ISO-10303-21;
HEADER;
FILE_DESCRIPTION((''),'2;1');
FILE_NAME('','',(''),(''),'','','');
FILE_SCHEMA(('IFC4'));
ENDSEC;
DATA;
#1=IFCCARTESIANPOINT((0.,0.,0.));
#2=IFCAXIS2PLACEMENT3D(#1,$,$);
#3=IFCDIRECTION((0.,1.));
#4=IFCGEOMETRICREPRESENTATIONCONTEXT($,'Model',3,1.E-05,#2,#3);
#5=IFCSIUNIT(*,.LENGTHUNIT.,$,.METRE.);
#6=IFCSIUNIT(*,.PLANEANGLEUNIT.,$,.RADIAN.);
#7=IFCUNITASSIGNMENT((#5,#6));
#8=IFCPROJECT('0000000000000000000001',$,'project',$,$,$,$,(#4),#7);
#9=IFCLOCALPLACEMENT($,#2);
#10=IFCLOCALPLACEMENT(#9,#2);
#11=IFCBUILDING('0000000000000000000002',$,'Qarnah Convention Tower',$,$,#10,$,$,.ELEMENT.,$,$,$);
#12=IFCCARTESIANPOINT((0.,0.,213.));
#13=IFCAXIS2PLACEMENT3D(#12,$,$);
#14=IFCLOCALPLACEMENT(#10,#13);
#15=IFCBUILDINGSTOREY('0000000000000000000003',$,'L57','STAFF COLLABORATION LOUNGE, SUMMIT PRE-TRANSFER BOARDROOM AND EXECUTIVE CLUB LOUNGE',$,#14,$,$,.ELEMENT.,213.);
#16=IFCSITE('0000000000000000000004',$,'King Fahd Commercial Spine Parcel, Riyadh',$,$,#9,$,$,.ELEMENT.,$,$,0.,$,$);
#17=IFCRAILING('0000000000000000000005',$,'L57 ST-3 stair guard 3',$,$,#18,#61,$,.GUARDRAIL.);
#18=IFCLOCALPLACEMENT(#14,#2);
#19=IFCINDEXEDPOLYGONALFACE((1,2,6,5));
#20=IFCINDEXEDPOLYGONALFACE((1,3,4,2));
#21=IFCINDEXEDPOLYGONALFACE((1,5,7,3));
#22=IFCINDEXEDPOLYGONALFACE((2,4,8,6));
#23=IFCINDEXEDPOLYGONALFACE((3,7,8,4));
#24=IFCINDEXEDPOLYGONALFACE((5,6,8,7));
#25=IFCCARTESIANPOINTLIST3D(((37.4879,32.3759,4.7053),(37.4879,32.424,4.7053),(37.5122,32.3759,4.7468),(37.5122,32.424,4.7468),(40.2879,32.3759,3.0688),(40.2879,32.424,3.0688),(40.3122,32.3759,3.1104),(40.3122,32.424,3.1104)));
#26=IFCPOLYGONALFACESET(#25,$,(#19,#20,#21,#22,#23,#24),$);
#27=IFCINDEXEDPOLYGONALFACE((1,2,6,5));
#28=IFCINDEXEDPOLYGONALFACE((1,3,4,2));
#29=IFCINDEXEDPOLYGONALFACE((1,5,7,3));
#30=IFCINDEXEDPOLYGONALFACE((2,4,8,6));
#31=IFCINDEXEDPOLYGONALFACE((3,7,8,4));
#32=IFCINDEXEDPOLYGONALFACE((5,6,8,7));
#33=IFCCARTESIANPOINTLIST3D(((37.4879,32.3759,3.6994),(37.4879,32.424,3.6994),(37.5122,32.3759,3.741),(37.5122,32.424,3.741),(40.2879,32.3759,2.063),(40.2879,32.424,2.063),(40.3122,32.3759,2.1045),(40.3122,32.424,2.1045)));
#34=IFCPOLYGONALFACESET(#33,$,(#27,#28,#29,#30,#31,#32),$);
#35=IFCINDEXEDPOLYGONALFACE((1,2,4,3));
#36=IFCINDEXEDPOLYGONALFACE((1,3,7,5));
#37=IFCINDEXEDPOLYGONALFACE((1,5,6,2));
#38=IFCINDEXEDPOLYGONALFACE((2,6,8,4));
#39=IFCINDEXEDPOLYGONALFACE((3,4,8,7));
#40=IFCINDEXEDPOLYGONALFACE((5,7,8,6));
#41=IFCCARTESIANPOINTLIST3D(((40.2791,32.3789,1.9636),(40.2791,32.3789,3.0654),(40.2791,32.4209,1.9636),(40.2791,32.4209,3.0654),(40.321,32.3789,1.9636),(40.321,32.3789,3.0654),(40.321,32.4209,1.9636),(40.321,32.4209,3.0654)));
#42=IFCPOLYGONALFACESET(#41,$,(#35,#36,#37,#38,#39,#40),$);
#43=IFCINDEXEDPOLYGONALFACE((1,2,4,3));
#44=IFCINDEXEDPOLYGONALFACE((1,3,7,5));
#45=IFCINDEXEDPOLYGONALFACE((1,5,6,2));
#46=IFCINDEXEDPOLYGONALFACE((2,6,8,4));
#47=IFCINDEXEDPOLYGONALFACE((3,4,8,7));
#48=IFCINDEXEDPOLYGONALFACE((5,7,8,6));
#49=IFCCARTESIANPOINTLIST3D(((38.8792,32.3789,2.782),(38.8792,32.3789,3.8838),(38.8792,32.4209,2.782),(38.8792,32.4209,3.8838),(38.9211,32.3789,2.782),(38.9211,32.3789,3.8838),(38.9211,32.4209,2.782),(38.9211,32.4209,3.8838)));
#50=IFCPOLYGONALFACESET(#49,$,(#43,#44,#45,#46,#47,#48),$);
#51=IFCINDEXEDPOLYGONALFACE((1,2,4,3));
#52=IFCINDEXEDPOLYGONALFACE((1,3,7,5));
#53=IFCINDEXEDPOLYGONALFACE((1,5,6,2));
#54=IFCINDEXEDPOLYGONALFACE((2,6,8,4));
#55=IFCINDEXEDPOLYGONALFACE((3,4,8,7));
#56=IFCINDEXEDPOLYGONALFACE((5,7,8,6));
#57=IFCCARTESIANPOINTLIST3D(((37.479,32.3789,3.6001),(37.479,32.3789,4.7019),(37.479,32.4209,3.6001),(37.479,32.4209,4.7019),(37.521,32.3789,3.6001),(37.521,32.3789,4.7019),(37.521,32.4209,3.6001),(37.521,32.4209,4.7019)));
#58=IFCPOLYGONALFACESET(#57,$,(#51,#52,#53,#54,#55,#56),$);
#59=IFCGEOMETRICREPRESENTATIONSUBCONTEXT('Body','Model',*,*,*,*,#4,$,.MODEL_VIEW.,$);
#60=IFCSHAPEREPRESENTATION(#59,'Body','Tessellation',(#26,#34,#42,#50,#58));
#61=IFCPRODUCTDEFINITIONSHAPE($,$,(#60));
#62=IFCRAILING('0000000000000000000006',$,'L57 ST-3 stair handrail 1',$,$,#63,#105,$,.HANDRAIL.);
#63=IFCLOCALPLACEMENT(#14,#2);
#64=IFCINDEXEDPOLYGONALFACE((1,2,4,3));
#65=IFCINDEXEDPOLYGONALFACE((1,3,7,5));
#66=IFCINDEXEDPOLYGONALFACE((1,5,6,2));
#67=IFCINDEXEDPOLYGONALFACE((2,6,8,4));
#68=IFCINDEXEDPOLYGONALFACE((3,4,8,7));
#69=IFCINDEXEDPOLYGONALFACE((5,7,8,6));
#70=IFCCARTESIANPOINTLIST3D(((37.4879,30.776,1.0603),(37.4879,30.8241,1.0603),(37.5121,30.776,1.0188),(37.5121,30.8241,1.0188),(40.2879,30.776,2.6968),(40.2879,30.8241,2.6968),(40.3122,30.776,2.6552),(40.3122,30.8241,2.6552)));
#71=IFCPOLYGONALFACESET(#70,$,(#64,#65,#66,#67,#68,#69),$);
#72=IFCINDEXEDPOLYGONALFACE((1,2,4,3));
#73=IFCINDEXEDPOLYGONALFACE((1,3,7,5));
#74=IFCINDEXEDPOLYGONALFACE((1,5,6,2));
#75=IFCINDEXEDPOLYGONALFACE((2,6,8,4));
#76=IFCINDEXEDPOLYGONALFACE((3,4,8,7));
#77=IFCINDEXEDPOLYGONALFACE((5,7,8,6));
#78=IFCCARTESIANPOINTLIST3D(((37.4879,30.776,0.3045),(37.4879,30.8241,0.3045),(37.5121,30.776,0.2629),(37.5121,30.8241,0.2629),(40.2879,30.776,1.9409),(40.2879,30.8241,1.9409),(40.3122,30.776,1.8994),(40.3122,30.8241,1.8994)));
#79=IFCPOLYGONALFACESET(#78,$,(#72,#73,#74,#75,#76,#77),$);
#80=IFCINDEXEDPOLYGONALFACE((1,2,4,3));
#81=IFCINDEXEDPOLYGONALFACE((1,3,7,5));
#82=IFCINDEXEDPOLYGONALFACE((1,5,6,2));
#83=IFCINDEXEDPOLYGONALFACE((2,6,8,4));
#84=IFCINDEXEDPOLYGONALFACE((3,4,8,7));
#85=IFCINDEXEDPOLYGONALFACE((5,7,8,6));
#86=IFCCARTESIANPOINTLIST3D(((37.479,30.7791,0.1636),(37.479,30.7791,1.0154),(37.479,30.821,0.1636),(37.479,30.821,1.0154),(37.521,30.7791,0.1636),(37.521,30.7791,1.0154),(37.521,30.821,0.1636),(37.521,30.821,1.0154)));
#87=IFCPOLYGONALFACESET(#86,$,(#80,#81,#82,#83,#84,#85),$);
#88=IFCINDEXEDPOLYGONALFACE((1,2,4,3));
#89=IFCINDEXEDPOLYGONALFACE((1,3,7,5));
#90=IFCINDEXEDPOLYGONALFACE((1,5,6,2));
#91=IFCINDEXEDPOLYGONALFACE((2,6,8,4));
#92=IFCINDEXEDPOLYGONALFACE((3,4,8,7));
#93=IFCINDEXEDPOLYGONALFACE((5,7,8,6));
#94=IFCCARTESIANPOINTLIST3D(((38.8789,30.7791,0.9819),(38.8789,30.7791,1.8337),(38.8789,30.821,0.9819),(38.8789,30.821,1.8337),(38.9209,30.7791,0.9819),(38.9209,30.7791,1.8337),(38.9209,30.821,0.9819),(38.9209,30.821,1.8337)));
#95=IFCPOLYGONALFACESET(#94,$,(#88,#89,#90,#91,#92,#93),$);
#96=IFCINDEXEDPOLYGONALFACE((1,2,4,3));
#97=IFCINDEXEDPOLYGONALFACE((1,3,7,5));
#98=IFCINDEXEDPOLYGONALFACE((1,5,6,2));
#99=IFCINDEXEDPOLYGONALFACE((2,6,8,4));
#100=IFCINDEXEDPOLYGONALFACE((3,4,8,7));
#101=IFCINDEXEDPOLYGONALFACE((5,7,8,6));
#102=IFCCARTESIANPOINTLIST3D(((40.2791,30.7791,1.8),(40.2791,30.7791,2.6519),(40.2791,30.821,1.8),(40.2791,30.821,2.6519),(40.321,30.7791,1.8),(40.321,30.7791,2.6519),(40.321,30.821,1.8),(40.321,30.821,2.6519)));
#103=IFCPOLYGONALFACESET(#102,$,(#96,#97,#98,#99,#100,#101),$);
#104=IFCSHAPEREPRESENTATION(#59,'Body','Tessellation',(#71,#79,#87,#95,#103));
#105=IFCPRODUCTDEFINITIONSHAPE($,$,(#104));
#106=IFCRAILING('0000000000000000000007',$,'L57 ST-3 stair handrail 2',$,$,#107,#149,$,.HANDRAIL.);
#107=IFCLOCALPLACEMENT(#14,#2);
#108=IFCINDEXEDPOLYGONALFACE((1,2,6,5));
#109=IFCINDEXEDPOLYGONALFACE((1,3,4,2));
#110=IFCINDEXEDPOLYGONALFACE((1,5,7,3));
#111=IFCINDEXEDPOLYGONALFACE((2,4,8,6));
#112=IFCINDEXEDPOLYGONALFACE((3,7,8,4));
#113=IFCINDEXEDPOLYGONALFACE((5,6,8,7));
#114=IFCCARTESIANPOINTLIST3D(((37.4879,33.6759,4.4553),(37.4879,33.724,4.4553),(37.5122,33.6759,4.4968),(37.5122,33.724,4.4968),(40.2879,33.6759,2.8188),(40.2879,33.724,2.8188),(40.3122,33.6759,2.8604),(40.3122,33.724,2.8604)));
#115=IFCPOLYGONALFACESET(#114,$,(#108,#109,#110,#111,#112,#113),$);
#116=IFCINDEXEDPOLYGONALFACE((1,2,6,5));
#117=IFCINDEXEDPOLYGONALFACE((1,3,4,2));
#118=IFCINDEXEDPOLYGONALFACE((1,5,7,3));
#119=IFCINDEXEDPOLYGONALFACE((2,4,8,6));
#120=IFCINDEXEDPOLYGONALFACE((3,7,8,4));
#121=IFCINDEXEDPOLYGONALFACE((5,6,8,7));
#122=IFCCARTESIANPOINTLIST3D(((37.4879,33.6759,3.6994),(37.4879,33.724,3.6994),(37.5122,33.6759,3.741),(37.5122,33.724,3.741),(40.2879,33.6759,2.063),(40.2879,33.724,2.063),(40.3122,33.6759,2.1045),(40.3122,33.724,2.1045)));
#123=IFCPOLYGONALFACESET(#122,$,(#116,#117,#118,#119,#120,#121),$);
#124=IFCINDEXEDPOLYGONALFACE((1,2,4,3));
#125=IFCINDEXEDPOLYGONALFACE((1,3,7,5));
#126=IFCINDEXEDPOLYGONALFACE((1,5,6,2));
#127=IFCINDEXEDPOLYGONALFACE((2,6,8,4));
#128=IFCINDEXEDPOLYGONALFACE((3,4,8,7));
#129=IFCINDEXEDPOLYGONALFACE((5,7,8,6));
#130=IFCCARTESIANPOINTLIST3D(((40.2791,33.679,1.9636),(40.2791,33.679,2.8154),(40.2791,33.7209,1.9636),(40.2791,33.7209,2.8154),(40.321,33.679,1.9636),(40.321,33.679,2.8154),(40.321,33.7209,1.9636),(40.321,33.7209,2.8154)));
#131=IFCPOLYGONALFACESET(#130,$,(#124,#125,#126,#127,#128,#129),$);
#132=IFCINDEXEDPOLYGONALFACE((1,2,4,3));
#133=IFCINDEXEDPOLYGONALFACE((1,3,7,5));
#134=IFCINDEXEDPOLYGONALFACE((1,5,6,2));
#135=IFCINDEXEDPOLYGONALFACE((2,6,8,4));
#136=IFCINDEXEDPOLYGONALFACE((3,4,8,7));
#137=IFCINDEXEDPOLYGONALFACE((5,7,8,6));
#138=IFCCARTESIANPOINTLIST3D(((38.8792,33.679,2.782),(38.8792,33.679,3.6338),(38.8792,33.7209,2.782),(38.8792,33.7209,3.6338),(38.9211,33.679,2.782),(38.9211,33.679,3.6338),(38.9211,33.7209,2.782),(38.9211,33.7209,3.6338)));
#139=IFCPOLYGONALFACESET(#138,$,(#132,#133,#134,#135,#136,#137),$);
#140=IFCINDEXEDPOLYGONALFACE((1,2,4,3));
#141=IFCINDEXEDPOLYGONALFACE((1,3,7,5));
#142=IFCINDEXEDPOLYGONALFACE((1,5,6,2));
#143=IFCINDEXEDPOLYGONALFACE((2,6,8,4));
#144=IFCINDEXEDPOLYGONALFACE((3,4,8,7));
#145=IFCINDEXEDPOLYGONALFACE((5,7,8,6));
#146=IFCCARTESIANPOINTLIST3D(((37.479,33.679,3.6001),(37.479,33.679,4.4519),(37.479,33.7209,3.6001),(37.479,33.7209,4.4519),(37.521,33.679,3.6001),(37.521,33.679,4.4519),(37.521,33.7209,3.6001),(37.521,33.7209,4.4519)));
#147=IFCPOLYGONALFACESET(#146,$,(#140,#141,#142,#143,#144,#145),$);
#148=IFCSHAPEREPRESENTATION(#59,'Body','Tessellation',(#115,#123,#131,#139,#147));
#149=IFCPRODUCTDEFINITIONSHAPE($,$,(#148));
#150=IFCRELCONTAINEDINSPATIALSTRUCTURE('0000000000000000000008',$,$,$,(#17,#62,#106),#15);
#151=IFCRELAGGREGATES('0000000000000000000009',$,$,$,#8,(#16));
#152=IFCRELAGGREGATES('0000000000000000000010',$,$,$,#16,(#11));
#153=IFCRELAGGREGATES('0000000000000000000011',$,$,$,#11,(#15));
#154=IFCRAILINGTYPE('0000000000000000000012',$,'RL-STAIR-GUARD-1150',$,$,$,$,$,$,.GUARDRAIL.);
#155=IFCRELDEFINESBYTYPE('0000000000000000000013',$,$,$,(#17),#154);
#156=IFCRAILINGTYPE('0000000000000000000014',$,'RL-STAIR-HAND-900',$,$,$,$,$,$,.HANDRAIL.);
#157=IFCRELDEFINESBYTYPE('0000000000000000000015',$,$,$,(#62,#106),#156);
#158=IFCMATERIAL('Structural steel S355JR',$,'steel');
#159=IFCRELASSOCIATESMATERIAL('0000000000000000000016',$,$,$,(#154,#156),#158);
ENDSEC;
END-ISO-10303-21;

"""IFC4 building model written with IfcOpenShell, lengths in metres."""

from ifc_helpers import new_model, si_unit, direction, frame, origin, origin_2d, place, context, subcontext, project, spatial, rectangle, extrude, material, type_object, element, save


model = new_model("IFC4")

# Units and contexts
model_context = context("Model", 3, precision=1e-05, world=origin(), true_north=direction((0.0, 1.0)))
body_context = subcontext(model_context, "Body", "Model", "MODEL_VIEW")
ifc_project = project(units=[si_unit("LENGTHUNIT", "METRE"), si_unit("PLANEANGLEUNIT", "RADIAN")], contexts=[model_context])

# Site, building, storey
site_placement = place(None, origin())
site = spatial("IfcSite", under=ifc_project, at=site_placement, Name="King Fahd Commercial Spine Parcel, Riyadh", CompositionType="ELEMENT", RefElevation=0.0)
building_placement = place(site_placement, origin())
building = spatial("IfcBuilding", under=site, at=building_placement, Name="Qarnah Convention Tower", CompositionType="ELEMENT")
storey_placement = place(building_placement, frame((0.0, 0.0, 213.0)))
storey = spatial("IfcBuildingStorey", under=building, at=storey_placement, Name="L57", Description="STAFF COLLABORATION LOUNGE, SUMMIT PRE-TRANSFER BOARDROOM AND EXECUTIVE CLUB LOUNGE", CompositionType="ELEMENT", Elevation=213.0)

# Shared definitions
ifc_material_1 = material(Name="Structural steel S355JR", Category="steel")

# Railings
railing_type_1 = type_object("IfcRailingType", Name="RL-STAIR-GUARD-1150", PredefinedType="GUARDRAIL", material=ifc_material_1)
railing_1_placement = place(storey_placement, frame((40.3, 32.3999, 1.9636)))
element("IfcRailing", 1, at=railing_1_placement, inside=storey, type_object=railing_type_1, Name="L57 ST-3 stair guard 3", PredefinedType="GUARDRAIL", context=body_context, shape_type="SweptSolid", body=[
    extrude(rectangle(XDim=0.0481, YDim=0.0481, at=origin_2d()), frame((0.0, 0.0, 1.126), z_axis=(-0.863361, 0.0, 0.504587), x_axis=(0.0, -1.0, 0.0)), (0.0, 0.0, 1.0), 3.2432),
    extrude(rectangle(XDim=0.0481, YDim=0.0481, at=origin_2d()), frame((0.0, 0.0, 0.1201), z_axis=(-0.863361, 0.0, 0.504587), x_axis=(0.0, -1.0, 0.0)), (0.0, 0.0, 1.0), 3.2432),
    extrude(rectangle(XDim=0.042, YDim=0.042, at=origin_2d()), origin(), (0.0, 0.0, 1.0), 1.1018),
    extrude(rectangle(XDim=0.042, YDim=0.042, at=origin_2d()), frame((-1.3999, 0.0, 0.8184)), (0.0, 0.0, 1.0), 1.1018),
    extrude(rectangle(XDim=0.042, YDim=0.042, at=origin_2d()), frame((-2.8, 0.0, 1.6365)), (0.0, 0.0, 1.0), 1.1018),
])
railing_type_2 = type_object("IfcRailingType", Name="RL-STAIR-HAND-900", PredefinedType="HANDRAIL", material=ifc_material_1)
railing_2_placement = place(storey_placement, frame((37.5, 30.8, 0.1636)))
element("IfcRailing", 2, at=railing_2_placement, inside=storey, type_object=railing_type_2, Name="L57 ST-3 stair handrail 1", PredefinedType="HANDRAIL", context=body_context, shape_type="SweptSolid", body=[
    extrude(rectangle(XDim=0.0481, YDim=0.0481, at=origin_2d()), frame((0.0, 0.0, 0.876), z_axis=(0.863361, 0.0, 0.504587), x_axis=(0.0, 1.0, 0.0)), (0.0, 0.0, 1.0), 3.2432),
    extrude(rectangle(XDim=0.0481, YDim=0.0481, at=origin_2d()), frame((0.0, 0.0, 0.1201), z_axis=(0.863361, 0.0, 0.504587), x_axis=(0.0, 1.0, 0.0)), (0.0, 0.0, 1.0), 3.2432),
    extrude(rectangle(XDim=0.042, YDim=0.042, at=origin_2d()), origin(), (0.0, 0.0, 1.0), 0.8518),
    extrude(rectangle(XDim=0.042, YDim=0.042, at=origin_2d()), frame((1.3999, 0.0, 0.8184)), (0.0, 0.0, 1.0), 0.8518),
    extrude(rectangle(XDim=0.042, YDim=0.042, at=origin_2d()), frame((2.8, 0.0, 1.6365)), (0.0, 0.0, 1.0), 0.8518),
])
railing_3_placement = place(storey_placement, frame((40.3, 33.7, 1.9636)))
element("IfcRailing", 3, at=railing_3_placement, inside=storey, type_object=railing_type_2, Name="L57 ST-3 stair handrail 2", PredefinedType="HANDRAIL", context=body_context, shape_type="SweptSolid", body=[
    extrude(rectangle(XDim=0.0481, YDim=0.0481, at=origin_2d()), frame((0.0, 0.0, 0.876), z_axis=(-0.863361, 0.0, 0.504587), x_axis=(0.0, -1.0, 0.0)), (0.0, 0.0, 1.0), 3.2432),
    extrude(rectangle(XDim=0.0481, YDim=0.0481, at=origin_2d()), frame((0.0, 0.0, 0.1201), z_axis=(-0.863361, 0.0, 0.504587), x_axis=(0.0, -1.0, 0.0)), (0.0, 0.0, 1.0), 3.2432),
    extrude(rectangle(XDim=0.042, YDim=0.042, at=origin_2d()), origin(), (0.0, 0.0, 1.0), 0.8518),
    extrude(rectangle(XDim=0.042, YDim=0.042, at=origin_2d()), frame((-1.3999, 0.0, 0.8184)), (0.0, 0.0, 1.0), 0.8518),
    extrude(rectangle(XDim=0.042, YDim=0.042, at=origin_2d()), frame((-2.8, 0.0, 1.6365)), (0.0, 0.0, 1.0), 0.8518),
])

save(model, "model.ifc")
